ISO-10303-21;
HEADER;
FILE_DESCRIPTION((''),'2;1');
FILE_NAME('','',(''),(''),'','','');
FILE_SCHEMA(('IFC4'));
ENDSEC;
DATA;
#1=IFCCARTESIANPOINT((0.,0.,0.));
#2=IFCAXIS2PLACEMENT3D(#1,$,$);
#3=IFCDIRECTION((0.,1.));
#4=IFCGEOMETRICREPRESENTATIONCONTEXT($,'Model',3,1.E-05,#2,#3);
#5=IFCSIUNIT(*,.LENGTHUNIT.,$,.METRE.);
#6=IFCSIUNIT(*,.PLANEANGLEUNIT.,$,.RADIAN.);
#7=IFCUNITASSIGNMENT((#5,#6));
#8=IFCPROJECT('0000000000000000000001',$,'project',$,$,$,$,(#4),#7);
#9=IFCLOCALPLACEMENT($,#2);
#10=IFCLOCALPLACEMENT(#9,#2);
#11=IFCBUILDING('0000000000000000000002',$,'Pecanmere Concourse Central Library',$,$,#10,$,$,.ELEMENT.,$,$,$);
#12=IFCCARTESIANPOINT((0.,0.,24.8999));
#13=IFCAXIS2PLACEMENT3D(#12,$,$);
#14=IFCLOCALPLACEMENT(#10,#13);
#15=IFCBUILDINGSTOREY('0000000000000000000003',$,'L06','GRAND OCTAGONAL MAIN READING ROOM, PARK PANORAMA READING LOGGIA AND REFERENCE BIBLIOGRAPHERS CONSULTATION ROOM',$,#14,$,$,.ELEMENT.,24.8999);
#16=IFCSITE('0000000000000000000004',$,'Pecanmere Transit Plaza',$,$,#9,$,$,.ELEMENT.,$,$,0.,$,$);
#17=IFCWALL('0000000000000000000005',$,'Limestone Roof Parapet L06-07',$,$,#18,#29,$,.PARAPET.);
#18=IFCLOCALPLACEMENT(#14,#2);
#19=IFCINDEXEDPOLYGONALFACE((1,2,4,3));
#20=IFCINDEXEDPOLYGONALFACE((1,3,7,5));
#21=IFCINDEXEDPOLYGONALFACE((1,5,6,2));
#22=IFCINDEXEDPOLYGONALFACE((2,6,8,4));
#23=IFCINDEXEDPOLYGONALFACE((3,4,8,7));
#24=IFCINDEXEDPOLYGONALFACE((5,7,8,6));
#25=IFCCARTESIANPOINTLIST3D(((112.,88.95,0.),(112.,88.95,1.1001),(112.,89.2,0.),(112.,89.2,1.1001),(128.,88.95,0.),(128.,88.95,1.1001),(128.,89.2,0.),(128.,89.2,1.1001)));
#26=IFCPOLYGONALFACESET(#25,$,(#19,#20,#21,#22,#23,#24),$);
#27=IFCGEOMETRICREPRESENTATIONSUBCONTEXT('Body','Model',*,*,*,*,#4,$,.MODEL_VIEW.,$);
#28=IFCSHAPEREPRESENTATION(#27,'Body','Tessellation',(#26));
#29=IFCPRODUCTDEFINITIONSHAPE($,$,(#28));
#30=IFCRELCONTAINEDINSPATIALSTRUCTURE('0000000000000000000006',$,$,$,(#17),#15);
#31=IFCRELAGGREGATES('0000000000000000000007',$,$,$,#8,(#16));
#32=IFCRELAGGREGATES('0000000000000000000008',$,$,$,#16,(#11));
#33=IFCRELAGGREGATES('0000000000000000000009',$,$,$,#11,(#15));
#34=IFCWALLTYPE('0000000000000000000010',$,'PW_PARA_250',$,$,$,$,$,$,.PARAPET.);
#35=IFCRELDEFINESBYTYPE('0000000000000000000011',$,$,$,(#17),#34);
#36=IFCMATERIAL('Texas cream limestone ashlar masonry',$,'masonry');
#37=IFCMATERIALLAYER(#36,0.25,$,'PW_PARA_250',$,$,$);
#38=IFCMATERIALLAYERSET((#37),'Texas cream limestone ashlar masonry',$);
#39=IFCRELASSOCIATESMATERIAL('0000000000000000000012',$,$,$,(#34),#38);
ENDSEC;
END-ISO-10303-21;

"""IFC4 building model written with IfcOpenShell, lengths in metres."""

from ifc_helpers import new_model, si_unit, direction, frame, frame_2d, origin, place, context, subcontext, project, spatial, rectangle, extrude, material, layer, layer_set, type_object, element, save


model = new_model("IFC4")

# Units and contexts
model_context = context("Model", 3, precision=1e-05, world=origin(), true_north=direction((0.0, 1.0)))
body_context = subcontext(model_context, "Body", "Model", "MODEL_VIEW")
ifc_project = project(units=[si_unit("LENGTHUNIT", "METRE"), si_unit("PLANEANGLEUNIT", "RADIAN")], contexts=[model_context])

# Site, building, storey
site_placement = place(None, origin())
site = spatial("IfcSite", under=ifc_project, at=site_placement, Name="Pecanmere Transit Plaza", CompositionType="ELEMENT", RefElevation=0.0)
building_placement = place(site_placement, origin())
building = spatial("IfcBuilding", under=site, at=building_placement, Name="Pecanmere Concourse Central Library", CompositionType="ELEMENT")
storey_placement = place(building_placement, frame((0.0, 0.0, 24.8999)))
storey = spatial("IfcBuildingStorey", under=building, at=storey_placement, Name="L06", Description="GRAND OCTAGONAL MAIN READING ROOM, PARK PANORAMA READING LOGGIA AND REFERENCE BIBLIOGRAPHERS CONSULTATION ROOM", CompositionType="ELEMENT", Elevation=24.8999)

# Wall
ifc_material_1 = material(Name="Texas cream limestone ashlar masonry", Category="masonry")
ifc_layer_1 = layer(ifc_material_1, 0.25, Name="PW_PARA_250")
ifc_layer_set_1 = layer_set([ifc_layer_1], Name="Texas cream limestone ashlar masonry")
wall_type = type_object("IfcWallType", Name="PW_PARA_250", PredefinedType="PARAPET", material=ifc_layer_set_1)
wall_placement = place(storey_placement, frame((112.0, 89.075, 0.0), z_axis=(0.0, 0.0, 1.0), x_axis=(1.0, 0.0, 0.0)))
element("IfcWall", 1, at=wall_placement, inside=storey, type_object=wall_type, Name="Limestone Roof Parapet L06-07", PredefinedType="PARAPET", context=body_context, shape_type="SweptSolid", body=[
    extrude(rectangle(XDim=16.0, YDim=0.25, at=frame_2d((8.0, 0.0))), origin(), (0.0, 0.0, 1.0), 1.1001),
])

save(model, "model.ifc")
